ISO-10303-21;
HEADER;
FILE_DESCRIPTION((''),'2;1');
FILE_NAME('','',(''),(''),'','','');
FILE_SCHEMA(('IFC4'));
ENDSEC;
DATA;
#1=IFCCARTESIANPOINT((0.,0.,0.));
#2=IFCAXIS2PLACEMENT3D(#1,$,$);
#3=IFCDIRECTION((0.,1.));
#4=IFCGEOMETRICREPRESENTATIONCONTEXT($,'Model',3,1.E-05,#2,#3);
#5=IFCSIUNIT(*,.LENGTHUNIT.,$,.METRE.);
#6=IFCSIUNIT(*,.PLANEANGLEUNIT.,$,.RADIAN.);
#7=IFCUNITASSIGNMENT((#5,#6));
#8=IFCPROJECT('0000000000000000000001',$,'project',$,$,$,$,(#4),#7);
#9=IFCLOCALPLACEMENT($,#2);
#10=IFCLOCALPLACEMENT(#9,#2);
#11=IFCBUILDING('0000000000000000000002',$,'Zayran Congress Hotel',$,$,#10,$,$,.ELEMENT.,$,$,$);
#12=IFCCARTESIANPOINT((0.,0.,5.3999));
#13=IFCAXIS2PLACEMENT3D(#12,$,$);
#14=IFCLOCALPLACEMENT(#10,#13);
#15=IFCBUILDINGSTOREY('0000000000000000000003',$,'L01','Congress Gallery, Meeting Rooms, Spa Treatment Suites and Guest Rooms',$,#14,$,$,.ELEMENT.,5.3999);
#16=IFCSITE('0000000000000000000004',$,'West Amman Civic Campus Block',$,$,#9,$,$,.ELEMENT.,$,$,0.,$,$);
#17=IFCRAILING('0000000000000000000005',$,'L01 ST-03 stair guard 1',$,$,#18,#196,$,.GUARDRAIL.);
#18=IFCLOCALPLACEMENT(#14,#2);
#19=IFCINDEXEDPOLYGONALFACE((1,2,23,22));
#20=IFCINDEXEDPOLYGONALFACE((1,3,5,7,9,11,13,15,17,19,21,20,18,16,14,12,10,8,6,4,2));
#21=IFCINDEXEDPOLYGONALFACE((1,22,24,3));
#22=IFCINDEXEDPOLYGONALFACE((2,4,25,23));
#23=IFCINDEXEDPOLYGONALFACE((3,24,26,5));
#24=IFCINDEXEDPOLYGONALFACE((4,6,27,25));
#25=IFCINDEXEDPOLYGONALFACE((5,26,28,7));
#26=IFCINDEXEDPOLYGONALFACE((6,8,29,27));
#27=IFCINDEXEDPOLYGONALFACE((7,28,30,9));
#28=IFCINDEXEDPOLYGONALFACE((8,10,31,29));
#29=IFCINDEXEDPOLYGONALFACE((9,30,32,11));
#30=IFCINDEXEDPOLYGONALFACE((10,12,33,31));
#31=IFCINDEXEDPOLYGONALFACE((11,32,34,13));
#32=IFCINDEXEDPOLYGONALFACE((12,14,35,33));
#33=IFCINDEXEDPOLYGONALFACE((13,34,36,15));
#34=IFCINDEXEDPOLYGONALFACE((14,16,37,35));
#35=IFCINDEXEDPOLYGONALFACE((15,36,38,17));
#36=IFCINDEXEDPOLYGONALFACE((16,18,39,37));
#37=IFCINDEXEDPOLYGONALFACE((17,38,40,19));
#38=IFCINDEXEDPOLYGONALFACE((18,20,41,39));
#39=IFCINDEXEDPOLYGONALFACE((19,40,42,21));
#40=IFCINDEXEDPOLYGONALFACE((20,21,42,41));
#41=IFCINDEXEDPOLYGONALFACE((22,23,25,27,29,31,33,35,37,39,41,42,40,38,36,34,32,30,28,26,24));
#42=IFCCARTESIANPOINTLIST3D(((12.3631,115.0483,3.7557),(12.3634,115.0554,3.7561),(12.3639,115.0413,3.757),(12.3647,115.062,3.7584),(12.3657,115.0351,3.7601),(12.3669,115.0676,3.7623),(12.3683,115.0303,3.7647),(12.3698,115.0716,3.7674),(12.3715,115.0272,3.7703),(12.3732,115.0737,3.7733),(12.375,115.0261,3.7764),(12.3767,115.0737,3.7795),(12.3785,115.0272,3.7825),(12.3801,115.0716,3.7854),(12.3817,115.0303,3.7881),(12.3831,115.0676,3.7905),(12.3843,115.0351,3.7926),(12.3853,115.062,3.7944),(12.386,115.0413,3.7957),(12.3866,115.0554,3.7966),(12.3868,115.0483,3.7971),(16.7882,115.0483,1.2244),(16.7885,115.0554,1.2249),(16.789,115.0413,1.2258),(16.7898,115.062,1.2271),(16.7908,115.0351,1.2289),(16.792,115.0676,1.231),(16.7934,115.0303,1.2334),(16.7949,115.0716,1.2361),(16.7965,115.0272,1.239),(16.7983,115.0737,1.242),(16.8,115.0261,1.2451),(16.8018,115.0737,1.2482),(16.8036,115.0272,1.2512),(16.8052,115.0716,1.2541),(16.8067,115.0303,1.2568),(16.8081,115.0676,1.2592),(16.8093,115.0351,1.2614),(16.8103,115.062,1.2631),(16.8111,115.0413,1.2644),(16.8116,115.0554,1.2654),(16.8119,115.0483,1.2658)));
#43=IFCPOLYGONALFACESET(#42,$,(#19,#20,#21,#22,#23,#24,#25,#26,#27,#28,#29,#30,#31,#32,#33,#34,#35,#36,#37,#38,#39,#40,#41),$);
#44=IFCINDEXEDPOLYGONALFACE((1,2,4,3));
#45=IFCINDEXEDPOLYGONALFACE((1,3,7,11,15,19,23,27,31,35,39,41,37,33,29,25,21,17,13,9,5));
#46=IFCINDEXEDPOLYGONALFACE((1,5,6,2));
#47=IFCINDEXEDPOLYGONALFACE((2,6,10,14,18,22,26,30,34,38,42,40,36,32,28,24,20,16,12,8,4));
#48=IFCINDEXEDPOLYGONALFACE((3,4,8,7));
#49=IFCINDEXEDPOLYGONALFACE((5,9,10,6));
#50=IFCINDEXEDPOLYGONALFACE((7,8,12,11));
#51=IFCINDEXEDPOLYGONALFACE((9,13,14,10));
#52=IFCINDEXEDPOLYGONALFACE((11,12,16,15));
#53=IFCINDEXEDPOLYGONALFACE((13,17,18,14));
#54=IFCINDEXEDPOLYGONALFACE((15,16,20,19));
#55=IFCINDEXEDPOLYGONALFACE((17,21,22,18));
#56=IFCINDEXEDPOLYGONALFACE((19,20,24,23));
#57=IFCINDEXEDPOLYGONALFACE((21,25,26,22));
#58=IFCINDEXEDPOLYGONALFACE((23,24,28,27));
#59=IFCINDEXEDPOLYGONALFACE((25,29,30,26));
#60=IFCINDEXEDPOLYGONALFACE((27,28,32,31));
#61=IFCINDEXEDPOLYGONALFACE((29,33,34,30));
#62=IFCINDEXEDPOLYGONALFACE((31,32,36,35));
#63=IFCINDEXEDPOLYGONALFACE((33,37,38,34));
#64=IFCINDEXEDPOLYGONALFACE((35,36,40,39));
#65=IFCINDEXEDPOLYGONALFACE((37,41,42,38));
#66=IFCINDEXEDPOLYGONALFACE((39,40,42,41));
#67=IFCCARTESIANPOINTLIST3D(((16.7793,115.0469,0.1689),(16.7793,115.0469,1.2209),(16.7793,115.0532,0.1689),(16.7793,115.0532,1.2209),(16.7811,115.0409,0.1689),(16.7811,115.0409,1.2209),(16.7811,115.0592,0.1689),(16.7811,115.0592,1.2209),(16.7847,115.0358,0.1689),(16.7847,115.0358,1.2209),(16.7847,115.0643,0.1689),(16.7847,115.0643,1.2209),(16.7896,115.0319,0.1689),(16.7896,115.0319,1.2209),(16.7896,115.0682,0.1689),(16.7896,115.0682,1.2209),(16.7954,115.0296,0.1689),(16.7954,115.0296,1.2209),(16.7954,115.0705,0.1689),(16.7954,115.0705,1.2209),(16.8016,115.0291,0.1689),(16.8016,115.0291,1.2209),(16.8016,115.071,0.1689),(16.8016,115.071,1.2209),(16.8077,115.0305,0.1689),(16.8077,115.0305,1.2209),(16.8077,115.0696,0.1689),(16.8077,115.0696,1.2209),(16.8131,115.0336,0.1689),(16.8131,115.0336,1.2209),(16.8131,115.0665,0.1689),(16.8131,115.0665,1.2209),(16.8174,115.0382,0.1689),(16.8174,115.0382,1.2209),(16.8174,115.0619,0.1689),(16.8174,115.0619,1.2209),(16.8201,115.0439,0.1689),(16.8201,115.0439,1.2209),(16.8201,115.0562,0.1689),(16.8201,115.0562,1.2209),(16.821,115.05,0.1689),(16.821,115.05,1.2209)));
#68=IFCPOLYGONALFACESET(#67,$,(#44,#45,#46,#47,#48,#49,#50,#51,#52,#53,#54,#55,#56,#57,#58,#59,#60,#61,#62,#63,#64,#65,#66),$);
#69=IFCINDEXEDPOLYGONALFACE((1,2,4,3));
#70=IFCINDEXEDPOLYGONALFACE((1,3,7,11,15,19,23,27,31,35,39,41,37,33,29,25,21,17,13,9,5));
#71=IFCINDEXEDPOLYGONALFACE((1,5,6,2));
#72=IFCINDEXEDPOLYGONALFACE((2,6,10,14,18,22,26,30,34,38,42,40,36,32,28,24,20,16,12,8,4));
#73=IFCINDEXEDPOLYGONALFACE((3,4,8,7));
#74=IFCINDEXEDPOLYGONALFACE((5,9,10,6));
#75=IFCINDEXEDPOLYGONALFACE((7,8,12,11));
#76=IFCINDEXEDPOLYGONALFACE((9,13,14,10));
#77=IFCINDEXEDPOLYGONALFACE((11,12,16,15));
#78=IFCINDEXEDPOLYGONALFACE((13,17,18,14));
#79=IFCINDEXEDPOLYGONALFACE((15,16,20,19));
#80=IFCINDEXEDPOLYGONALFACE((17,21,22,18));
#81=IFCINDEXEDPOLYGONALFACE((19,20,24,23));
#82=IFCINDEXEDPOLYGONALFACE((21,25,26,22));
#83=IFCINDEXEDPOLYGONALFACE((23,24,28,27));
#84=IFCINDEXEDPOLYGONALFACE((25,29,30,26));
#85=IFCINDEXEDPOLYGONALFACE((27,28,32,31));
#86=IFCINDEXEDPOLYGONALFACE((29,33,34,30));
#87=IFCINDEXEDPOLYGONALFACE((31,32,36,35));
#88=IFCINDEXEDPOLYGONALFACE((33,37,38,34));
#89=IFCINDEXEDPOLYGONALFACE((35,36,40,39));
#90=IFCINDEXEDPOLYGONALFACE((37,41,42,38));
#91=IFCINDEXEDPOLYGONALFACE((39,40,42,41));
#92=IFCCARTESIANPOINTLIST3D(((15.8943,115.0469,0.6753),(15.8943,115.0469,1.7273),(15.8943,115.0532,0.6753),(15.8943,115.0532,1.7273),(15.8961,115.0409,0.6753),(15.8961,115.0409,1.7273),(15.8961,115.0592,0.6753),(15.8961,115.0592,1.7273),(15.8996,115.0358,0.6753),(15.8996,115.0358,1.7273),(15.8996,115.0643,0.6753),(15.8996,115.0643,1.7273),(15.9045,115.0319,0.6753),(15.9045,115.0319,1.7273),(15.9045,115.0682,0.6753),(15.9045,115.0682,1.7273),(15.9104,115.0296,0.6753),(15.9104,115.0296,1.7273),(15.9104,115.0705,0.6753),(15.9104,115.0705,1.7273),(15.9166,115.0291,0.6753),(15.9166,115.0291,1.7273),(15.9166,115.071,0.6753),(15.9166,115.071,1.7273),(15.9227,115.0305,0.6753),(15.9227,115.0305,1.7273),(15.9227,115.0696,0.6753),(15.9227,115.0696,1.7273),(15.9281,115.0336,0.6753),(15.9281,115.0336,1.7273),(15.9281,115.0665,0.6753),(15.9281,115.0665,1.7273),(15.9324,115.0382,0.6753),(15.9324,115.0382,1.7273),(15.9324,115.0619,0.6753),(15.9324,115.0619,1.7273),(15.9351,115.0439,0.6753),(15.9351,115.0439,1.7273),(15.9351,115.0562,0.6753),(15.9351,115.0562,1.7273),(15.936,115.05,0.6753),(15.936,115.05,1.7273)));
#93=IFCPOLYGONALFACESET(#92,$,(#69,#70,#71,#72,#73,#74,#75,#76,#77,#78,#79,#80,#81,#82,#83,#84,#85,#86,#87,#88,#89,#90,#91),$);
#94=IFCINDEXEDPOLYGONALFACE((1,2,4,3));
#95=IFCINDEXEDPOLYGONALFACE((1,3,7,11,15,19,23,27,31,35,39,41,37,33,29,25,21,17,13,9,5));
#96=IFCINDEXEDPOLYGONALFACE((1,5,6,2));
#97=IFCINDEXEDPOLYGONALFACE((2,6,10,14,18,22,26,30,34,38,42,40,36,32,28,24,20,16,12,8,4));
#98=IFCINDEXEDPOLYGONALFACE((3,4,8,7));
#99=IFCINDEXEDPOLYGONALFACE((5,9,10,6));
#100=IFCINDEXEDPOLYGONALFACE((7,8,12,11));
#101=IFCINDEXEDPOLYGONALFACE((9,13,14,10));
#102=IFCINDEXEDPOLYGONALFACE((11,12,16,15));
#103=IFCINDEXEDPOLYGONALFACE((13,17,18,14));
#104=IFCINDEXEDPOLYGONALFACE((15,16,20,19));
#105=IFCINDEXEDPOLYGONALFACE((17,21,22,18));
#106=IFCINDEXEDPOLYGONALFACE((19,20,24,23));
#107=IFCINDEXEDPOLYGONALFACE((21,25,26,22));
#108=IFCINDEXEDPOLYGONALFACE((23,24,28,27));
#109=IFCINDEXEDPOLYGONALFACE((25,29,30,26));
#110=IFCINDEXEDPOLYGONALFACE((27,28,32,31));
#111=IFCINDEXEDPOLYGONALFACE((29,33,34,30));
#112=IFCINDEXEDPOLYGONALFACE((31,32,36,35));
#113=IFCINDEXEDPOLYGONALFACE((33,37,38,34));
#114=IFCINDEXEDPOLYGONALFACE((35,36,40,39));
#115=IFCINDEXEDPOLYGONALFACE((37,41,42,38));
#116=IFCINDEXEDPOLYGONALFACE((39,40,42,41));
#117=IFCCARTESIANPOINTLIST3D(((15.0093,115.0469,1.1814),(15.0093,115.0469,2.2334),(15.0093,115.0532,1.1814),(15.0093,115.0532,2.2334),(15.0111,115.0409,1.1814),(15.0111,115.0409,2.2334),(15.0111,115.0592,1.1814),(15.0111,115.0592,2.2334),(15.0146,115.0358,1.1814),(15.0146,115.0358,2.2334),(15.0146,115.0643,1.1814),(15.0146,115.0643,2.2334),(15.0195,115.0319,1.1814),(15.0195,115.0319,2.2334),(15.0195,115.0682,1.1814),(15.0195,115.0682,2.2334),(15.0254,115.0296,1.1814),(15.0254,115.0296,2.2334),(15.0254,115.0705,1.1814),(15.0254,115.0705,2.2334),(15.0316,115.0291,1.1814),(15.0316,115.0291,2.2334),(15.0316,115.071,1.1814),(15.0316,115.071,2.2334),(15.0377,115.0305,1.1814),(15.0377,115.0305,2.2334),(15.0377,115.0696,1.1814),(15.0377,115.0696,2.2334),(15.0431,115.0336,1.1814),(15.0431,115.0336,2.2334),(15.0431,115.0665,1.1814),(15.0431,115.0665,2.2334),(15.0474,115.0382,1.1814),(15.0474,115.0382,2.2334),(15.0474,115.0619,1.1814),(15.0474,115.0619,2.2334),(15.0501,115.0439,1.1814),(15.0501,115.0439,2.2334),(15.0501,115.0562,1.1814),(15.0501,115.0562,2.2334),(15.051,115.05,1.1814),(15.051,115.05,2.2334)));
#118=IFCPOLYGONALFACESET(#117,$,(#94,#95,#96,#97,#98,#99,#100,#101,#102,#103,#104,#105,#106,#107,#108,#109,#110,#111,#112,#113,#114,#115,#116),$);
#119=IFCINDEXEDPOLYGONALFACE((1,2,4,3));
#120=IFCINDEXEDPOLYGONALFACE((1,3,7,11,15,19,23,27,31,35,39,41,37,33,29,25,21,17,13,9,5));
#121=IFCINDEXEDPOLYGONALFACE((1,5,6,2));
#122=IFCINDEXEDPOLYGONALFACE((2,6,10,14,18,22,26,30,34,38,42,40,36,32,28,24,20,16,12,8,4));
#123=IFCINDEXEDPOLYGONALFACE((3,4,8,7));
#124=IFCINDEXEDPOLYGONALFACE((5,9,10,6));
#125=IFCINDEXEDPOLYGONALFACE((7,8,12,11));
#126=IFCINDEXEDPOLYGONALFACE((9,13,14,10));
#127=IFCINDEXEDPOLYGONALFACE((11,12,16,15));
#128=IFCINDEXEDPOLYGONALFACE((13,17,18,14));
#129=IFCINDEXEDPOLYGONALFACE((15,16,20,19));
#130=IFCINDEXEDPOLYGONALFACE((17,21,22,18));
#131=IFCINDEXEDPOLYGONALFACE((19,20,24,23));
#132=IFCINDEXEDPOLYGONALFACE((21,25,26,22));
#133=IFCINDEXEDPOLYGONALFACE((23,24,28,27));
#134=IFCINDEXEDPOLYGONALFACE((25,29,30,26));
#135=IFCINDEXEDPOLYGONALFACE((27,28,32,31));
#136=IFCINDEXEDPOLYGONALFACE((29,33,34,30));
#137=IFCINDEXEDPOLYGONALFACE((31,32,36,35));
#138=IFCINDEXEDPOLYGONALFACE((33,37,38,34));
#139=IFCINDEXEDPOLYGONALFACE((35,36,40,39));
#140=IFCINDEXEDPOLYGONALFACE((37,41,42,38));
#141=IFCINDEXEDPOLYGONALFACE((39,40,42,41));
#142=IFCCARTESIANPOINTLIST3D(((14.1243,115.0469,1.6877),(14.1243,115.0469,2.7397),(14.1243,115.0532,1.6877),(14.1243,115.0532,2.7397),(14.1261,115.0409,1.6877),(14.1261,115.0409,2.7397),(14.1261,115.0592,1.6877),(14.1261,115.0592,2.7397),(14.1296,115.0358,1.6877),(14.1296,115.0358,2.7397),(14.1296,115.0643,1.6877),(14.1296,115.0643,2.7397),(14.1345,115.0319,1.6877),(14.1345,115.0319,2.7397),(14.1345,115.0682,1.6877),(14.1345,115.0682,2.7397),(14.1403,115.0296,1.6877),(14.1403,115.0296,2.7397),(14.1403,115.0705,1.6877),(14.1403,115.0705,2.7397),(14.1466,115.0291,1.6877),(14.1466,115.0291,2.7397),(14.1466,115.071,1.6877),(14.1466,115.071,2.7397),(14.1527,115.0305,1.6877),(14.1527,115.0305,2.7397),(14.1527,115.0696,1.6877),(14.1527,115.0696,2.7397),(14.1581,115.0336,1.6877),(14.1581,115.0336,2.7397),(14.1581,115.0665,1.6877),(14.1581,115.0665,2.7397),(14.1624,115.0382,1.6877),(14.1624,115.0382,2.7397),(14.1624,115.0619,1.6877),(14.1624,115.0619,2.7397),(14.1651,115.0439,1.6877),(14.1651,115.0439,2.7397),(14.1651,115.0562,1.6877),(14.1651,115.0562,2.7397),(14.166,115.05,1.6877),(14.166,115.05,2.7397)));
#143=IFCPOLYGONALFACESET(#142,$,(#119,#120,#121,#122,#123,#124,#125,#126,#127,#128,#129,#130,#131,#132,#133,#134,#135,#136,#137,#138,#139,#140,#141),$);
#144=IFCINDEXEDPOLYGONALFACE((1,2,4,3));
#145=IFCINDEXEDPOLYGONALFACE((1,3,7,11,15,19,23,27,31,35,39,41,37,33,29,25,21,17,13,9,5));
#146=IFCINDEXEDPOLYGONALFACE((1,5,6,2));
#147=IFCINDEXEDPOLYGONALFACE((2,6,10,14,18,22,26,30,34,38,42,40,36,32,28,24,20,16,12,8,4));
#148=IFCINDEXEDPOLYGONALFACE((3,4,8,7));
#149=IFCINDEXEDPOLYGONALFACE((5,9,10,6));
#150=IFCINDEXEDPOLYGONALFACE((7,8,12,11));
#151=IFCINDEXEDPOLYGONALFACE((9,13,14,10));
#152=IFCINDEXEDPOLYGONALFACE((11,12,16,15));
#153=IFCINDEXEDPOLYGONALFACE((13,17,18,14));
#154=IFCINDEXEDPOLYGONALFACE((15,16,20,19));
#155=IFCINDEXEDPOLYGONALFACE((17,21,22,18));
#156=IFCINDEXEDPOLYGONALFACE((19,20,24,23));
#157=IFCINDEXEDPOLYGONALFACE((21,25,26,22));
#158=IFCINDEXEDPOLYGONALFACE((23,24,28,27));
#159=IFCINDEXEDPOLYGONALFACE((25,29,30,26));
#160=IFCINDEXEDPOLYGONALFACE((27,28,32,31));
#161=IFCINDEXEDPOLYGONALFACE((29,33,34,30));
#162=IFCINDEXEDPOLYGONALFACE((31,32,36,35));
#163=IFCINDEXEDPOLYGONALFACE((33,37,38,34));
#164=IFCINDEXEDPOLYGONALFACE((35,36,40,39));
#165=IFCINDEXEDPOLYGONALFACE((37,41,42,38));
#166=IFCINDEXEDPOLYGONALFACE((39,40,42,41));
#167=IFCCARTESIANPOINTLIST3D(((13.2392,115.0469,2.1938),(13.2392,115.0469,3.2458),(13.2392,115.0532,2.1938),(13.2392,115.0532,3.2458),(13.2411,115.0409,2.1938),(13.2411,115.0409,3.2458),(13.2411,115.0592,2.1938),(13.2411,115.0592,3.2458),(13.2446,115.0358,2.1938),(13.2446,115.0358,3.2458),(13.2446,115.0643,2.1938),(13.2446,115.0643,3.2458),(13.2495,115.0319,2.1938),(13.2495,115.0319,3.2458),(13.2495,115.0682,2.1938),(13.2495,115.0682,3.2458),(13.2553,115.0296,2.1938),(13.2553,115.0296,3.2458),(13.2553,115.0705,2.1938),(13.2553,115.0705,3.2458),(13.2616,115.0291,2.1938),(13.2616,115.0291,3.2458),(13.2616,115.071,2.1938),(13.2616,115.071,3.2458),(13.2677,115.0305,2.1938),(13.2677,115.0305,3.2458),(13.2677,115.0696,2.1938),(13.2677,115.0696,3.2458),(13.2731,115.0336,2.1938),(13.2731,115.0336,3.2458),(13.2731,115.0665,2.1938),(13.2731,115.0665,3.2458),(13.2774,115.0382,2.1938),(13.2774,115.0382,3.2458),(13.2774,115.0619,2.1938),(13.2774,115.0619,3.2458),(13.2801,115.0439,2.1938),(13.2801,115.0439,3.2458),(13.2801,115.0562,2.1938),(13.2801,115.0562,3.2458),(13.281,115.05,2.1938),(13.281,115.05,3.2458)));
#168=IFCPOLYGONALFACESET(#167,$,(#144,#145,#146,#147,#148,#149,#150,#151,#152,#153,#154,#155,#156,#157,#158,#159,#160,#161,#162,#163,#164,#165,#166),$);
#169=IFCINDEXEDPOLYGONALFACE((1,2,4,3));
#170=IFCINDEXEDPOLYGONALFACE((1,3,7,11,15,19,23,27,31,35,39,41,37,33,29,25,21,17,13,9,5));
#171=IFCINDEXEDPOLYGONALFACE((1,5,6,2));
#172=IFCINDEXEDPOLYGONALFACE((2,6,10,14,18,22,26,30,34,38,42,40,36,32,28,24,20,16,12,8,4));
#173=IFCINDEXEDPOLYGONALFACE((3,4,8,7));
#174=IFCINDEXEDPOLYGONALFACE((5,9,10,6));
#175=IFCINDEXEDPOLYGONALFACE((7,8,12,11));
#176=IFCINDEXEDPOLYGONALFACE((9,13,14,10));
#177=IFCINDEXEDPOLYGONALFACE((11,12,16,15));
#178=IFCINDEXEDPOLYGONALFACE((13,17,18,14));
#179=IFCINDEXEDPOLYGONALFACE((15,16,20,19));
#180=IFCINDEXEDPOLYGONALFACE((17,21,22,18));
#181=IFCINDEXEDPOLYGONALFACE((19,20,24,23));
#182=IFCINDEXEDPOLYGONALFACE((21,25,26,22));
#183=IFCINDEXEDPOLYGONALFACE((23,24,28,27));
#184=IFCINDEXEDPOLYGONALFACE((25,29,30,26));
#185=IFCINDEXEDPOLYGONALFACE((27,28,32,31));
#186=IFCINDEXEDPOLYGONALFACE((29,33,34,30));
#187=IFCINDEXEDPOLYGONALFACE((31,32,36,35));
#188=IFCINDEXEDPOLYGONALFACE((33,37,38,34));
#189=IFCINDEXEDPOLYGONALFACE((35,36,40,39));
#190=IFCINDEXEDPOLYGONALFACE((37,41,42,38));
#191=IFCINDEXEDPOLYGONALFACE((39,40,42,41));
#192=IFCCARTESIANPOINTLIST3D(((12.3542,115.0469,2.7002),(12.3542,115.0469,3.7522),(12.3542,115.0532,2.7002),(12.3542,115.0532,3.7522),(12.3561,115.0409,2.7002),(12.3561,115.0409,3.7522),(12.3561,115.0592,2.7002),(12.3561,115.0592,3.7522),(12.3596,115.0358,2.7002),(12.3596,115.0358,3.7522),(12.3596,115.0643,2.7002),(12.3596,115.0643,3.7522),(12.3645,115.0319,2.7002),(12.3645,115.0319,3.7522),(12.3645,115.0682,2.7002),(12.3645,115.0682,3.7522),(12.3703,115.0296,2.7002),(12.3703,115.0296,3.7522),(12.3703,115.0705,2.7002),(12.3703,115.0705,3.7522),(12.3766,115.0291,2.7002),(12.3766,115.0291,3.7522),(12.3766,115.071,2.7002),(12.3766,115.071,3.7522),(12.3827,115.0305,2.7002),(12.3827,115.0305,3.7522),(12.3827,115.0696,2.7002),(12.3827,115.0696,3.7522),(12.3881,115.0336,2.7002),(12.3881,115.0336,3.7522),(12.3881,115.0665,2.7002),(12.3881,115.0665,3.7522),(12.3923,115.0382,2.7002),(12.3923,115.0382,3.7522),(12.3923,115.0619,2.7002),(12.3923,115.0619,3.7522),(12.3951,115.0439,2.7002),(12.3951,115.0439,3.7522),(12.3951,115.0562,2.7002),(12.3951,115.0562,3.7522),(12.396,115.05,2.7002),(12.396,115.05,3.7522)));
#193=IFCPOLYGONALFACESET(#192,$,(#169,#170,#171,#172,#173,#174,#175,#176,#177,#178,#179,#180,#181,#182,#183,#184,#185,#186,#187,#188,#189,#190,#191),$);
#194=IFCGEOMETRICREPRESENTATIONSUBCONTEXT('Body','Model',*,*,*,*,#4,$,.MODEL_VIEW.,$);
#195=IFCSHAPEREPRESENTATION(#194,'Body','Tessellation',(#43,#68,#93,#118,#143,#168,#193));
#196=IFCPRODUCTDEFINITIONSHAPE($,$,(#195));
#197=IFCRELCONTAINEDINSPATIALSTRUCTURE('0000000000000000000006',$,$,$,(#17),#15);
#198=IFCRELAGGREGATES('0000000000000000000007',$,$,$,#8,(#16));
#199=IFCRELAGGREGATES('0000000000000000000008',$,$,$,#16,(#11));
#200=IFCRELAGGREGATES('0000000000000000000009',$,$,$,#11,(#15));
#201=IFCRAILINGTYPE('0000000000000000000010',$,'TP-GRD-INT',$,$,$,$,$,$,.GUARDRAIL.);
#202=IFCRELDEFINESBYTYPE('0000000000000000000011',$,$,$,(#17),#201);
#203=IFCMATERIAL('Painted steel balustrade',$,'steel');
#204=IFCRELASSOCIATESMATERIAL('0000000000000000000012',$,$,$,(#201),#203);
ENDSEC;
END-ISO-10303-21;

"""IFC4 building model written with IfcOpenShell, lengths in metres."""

from ifc_helpers import new_model, si_unit, direction, frame, origin, origin_2d, place, context, subcontext, project, spatial, circle, extrude, material, type_object, element, save


model = new_model("IFC4")

# Units and contexts
model_context = context("Model", 3, precision=1e-05, world=origin(), true_north=direction((0.0, 1.0)))
body_context = subcontext(model_context, "Body", "Model", "MODEL_VIEW")
ifc_project = project(units=[si_unit("LENGTHUNIT", "METRE"), si_unit("PLANEANGLEUNIT", "RADIAN")], contexts=[model_context])

# Site, building, storey
site_placement = place(None, origin())
site = spatial("IfcSite", under=ifc_project, at=site_placement, Name="West Amman Civic Campus Block", CompositionType="ELEMENT", RefElevation=0.0)
building_placement = place(site_placement, origin())
building = spatial("IfcBuilding", under=site, at=building_placement, Name="Zayran Congress Hotel", CompositionType="ELEMENT")
storey_placement = place(building_placement, frame((0.0, 0.0, 5.3999)))
storey = spatial("IfcBuildingStorey", under=building, at=storey_placement, Name="L01", Description="Congress Gallery, Meeting Rooms, Spa Treatment Suites and Guest Rooms", CompositionType="ELEMENT", Elevation=5.3999)

# Railing
ifc_material_1 = material(Name="Painted steel balustrade", Category="steel")
railing_type_1 = type_object("IfcRailingType", Name="TP-GRD-INT", PredefinedType="GUARDRAIL", material=ifc_material_1)
railing_1_placement = place(storey_placement, frame((16.8, 115.05, 0.1689)))
element("IfcRailing", 1, at=railing_1_placement, inside=storey, type_object=railing_type_1, Name="L01 ST-03 stair guard 1", PredefinedType="GUARDRAIL", context=body_context, shape_type="SweptSolid", body=[
    extrude(circle(Radius=0.0239, at=origin_2d()), frame((0.0, 0.0, 1.0762), z_axis=(-0.868019, 0.0, 0.496531), x_axis=(0.0, -1.0, 0.0)), (0.0, 0.0, 1.0), 5.0979),
    extrude(circle(Radius=0.021, at=origin_2d()), origin(), (0.0, 0.0, 1.0), 1.052),
    extrude(circle(Radius=0.021, at=origin_2d()), frame((-0.885, 0.0, 0.5063)), (0.0, 0.0, 1.0), 1.052),
    extrude(circle(Radius=0.021, at=origin_2d()), frame((-1.77, 0.0, 1.0125)), (0.0, 0.0, 1.0), 1.052),
    extrude(circle(Radius=0.021, at=origin_2d()), frame((-2.655, 0.0, 1.5188)), (0.0, 0.0, 1.0), 1.052),
    extrude(circle(Radius=0.021, at=origin_2d()), frame((-3.54, 0.0, 2.0249)), (0.0, 0.0, 1.0), 1.052),
    extrude(circle(Radius=0.021, at=origin_2d()), frame((-4.425, 0.0, 2.5312)), (0.0, 0.0, 1.0), 1.052),
])

save(model, "model.ifc")
